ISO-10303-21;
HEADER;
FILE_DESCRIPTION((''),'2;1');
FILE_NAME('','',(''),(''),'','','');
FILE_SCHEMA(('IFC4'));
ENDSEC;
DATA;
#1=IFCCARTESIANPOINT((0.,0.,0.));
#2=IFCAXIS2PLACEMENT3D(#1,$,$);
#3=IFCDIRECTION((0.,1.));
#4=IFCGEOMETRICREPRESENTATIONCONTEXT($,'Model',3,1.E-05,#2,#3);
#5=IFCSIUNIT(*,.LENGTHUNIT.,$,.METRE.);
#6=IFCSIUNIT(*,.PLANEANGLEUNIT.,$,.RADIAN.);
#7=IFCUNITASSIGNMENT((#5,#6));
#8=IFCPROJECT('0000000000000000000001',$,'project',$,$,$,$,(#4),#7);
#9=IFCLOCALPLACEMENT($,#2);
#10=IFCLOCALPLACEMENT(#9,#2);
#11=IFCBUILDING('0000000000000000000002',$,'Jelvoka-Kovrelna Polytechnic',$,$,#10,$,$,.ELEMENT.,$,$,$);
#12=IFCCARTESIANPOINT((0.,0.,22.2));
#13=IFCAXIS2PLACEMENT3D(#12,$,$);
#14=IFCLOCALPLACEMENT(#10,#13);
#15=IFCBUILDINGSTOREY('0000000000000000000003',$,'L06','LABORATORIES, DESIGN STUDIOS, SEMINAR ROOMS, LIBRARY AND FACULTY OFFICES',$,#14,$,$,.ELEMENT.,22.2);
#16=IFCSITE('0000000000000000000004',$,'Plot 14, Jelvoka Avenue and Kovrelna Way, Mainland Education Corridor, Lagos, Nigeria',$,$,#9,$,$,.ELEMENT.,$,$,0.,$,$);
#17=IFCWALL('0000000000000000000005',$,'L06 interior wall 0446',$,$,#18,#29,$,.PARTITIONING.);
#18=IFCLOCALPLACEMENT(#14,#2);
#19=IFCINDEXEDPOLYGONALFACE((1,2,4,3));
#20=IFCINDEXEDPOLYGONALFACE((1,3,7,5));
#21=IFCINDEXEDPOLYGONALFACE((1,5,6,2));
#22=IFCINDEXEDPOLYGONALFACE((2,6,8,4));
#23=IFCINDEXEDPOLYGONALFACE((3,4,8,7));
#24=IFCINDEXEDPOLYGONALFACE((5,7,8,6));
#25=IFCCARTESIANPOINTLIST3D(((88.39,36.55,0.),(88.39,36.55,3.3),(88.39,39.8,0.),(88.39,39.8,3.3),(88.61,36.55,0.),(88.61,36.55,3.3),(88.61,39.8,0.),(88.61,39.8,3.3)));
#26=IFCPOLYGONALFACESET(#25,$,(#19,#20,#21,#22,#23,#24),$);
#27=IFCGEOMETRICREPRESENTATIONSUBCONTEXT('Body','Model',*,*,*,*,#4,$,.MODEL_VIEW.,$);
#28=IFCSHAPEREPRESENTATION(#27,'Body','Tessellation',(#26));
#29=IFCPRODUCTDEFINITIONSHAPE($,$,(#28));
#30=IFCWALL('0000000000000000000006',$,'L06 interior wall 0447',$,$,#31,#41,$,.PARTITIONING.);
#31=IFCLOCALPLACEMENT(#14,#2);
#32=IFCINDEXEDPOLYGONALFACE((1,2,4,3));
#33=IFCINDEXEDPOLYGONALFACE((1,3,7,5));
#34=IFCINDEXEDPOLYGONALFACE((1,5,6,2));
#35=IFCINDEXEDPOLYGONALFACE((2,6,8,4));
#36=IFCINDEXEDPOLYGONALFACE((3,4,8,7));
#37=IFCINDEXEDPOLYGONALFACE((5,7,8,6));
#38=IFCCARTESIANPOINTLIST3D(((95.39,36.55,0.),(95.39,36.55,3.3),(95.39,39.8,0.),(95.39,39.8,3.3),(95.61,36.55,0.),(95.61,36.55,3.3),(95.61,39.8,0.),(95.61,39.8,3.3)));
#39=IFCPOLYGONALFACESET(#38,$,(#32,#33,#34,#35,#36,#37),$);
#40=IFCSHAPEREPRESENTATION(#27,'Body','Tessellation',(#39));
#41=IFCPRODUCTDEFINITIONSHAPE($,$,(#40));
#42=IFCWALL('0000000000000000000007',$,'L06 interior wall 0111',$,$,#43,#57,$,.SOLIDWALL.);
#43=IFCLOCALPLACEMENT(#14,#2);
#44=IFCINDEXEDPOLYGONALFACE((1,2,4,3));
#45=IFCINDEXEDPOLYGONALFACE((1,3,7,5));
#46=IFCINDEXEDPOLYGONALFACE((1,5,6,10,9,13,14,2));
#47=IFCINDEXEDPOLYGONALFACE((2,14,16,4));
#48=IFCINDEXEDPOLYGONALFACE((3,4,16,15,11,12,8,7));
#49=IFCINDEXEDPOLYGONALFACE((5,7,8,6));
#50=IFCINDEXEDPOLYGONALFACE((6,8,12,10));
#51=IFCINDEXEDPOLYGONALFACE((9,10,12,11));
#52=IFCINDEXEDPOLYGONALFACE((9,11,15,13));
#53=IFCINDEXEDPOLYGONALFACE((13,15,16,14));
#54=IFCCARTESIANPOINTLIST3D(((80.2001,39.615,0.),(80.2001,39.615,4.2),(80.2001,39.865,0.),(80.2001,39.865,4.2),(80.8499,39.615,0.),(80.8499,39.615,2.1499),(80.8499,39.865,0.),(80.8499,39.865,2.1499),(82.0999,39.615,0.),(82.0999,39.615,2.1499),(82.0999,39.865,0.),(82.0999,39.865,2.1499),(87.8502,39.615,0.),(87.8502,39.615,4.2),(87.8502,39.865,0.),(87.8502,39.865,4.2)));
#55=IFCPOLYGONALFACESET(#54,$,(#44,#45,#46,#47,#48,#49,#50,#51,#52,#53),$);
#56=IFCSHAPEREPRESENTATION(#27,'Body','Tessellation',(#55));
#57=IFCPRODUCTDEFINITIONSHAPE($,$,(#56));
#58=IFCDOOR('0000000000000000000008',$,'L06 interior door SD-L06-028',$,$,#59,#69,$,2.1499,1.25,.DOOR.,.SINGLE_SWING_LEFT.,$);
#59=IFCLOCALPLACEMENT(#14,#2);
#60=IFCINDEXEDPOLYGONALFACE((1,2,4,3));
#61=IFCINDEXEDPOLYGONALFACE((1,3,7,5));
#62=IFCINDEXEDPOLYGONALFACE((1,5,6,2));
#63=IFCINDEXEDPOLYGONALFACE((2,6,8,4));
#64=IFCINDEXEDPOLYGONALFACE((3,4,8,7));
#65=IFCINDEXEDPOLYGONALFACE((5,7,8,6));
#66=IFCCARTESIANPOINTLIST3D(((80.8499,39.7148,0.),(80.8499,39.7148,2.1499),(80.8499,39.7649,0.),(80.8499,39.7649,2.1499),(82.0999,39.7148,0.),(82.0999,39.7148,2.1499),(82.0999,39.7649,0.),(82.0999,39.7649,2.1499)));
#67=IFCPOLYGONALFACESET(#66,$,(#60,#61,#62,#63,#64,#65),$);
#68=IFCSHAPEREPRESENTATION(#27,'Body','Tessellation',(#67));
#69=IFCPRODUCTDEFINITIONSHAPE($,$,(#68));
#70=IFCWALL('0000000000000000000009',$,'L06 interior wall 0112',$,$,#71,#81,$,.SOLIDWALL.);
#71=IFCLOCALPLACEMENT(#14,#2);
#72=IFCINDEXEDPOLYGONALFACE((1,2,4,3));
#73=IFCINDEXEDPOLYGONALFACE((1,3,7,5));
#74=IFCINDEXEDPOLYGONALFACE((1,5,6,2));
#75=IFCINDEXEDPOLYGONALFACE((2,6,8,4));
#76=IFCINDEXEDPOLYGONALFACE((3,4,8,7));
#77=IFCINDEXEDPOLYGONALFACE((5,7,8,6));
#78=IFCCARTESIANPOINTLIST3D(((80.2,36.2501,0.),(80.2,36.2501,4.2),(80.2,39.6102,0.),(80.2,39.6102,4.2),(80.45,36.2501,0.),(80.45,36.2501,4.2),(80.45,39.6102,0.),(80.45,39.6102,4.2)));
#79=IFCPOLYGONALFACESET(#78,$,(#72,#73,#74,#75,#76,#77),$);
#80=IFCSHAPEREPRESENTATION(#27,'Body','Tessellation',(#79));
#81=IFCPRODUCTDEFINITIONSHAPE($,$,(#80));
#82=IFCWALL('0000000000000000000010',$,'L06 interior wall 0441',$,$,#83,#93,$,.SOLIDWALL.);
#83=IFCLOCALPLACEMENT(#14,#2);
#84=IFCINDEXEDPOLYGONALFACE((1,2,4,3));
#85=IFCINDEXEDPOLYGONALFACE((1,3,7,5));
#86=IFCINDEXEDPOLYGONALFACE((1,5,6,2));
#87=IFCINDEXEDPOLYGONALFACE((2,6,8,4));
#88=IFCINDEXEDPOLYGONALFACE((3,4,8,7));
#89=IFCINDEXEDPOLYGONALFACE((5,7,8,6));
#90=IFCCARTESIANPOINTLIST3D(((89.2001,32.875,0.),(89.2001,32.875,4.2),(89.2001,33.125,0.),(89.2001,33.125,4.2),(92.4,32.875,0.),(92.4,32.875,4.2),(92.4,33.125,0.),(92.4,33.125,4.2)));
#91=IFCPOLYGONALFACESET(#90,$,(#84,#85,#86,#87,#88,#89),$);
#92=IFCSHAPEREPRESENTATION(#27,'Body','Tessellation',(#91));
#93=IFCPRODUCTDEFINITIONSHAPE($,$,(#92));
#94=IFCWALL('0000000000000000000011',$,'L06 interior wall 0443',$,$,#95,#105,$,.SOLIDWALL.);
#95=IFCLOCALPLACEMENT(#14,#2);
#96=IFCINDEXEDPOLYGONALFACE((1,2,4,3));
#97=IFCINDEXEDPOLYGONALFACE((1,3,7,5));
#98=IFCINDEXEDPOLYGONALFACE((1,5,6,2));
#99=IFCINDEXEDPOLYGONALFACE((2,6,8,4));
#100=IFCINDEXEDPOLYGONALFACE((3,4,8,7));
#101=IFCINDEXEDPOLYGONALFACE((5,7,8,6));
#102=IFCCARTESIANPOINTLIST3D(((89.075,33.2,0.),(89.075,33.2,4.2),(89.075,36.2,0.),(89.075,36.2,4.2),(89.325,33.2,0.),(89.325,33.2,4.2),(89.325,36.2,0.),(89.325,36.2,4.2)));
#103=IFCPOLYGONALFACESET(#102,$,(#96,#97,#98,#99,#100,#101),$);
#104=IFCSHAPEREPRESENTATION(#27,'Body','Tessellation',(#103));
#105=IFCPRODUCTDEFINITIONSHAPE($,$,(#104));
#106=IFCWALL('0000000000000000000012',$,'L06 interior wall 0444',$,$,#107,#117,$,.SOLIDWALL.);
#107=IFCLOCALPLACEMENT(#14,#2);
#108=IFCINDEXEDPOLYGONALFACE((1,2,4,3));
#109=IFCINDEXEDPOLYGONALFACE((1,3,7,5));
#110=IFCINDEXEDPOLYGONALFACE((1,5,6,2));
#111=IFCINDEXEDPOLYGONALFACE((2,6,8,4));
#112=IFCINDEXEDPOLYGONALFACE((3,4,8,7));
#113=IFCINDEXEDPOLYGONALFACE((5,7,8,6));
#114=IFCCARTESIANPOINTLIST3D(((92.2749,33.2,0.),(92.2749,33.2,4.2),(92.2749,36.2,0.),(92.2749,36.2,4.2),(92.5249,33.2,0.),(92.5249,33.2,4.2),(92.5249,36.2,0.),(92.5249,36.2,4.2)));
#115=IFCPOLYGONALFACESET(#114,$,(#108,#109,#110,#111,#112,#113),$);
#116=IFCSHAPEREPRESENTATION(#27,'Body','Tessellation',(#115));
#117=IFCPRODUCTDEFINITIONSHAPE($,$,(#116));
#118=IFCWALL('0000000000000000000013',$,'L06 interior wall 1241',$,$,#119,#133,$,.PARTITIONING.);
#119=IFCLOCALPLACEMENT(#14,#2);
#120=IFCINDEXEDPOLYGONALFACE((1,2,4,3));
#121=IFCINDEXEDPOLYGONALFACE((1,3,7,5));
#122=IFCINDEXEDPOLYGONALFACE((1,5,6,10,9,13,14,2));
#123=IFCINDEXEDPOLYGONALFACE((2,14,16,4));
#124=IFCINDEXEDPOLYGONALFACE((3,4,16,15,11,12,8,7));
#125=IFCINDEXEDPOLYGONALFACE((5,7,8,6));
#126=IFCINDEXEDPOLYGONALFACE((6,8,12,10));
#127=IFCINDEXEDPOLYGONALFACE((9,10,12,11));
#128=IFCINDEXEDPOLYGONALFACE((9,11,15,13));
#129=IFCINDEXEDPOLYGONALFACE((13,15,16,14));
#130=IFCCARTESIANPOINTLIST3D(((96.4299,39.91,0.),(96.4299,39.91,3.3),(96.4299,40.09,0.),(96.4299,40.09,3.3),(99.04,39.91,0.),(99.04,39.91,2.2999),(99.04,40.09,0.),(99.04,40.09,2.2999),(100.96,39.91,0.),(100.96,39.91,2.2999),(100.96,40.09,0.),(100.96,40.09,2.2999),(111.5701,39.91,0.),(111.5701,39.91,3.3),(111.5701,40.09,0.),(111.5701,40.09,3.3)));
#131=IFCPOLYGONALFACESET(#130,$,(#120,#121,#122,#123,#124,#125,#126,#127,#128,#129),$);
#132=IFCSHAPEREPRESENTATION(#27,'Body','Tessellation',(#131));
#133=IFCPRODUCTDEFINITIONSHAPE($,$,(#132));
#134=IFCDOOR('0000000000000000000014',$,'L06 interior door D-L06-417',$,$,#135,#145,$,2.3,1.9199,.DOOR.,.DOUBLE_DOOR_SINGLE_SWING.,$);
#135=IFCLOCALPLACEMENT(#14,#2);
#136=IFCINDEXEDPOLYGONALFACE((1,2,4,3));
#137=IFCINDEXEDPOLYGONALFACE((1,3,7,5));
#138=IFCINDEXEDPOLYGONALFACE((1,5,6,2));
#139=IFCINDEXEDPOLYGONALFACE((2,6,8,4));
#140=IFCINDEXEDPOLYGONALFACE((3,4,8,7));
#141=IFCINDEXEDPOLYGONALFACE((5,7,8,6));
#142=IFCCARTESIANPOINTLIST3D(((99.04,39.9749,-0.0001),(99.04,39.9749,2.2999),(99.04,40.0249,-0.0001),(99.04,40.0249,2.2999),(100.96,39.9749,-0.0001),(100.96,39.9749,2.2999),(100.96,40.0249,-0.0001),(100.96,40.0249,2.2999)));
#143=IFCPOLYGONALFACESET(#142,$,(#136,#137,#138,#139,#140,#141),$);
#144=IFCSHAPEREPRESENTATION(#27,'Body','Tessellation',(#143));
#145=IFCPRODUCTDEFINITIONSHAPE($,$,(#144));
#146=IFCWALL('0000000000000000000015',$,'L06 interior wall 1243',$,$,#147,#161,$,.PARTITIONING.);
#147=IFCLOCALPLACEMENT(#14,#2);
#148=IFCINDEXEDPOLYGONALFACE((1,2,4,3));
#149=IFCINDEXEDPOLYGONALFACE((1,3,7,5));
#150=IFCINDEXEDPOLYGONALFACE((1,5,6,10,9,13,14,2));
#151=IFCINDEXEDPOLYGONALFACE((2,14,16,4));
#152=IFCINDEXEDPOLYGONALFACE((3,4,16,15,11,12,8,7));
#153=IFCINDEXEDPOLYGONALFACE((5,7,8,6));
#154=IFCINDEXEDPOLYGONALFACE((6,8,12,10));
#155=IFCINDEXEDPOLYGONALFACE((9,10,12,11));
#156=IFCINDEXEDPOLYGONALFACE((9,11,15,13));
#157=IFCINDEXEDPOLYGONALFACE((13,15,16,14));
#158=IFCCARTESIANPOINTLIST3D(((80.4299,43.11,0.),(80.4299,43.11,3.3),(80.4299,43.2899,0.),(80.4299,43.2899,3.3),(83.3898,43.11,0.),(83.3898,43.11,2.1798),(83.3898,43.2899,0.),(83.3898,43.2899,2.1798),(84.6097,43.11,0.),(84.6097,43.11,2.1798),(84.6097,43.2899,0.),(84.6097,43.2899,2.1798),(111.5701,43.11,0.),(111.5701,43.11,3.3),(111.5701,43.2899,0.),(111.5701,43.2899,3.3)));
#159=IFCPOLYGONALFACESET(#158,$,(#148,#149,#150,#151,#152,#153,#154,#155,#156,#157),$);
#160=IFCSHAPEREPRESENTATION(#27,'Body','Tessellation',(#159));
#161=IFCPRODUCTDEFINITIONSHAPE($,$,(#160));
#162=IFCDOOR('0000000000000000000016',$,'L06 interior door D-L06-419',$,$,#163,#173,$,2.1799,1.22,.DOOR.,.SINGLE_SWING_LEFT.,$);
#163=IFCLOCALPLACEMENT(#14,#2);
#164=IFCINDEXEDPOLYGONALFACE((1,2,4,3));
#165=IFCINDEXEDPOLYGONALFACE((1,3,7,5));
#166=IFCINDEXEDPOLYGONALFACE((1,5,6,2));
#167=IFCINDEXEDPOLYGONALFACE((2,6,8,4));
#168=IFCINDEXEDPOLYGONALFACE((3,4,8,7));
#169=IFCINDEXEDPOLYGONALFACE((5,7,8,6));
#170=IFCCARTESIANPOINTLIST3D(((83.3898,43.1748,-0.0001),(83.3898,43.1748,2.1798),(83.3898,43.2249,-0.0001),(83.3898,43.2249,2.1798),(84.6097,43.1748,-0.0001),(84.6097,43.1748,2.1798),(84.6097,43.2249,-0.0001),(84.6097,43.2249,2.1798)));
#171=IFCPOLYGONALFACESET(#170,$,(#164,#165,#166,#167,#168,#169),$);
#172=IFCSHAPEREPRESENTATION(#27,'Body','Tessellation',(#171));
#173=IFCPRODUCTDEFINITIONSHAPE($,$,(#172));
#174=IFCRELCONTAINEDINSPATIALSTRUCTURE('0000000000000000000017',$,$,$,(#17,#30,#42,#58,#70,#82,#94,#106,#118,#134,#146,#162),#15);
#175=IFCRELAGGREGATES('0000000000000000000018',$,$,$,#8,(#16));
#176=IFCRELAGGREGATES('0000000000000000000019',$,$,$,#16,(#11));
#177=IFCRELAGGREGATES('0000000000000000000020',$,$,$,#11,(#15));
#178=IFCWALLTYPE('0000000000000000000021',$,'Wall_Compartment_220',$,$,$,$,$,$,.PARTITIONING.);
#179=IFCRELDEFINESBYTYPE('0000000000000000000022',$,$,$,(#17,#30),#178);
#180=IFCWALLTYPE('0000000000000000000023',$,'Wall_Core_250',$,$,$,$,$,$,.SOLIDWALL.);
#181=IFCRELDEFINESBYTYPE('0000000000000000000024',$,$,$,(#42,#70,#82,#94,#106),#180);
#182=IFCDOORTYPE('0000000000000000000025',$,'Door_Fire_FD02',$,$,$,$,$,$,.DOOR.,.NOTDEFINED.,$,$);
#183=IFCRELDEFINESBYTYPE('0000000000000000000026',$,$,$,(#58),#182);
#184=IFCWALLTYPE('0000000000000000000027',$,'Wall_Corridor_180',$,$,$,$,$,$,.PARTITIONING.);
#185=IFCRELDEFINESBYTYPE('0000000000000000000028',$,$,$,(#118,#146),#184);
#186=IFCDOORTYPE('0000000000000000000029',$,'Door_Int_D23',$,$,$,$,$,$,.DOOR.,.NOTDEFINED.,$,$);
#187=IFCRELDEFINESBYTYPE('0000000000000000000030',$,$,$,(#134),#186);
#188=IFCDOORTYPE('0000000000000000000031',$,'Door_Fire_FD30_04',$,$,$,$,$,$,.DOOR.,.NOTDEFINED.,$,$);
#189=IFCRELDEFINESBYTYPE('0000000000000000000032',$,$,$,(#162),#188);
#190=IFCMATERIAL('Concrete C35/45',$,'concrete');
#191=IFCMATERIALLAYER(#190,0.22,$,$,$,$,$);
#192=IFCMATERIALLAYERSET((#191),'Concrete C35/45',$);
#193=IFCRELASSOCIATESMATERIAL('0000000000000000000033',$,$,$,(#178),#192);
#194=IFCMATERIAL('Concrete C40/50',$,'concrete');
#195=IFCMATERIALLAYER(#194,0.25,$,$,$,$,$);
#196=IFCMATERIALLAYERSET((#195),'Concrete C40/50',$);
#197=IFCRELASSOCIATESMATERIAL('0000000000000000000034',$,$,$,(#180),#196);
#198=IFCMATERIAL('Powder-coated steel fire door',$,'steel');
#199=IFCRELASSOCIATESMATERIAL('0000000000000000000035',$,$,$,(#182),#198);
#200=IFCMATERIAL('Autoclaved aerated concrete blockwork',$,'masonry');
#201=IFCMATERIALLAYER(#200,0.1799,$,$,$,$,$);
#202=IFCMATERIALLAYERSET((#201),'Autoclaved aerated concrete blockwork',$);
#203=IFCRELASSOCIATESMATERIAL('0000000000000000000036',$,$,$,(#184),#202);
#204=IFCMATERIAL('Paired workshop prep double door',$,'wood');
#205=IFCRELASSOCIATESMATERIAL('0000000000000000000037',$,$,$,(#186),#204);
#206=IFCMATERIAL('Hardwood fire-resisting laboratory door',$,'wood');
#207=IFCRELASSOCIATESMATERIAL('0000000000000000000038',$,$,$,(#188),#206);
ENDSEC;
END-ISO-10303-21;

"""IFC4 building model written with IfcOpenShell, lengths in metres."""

from ifc_helpers import new_model, si_unit, direction, frame, frame_2d, origin, place, context, subcontext, project, spatial, rectangle, extrude, material, layer, layer_set, type_object, element, fill, save


model = new_model("IFC4")

# Units and contexts
model_context = context("Model", 3, precision=1e-05, world=origin(), true_north=direction((0.0, 1.0)))
body_context = subcontext(model_context, "Body", "Model", "MODEL_VIEW")
ifc_project = project(units=[si_unit("LENGTHUNIT", "METRE"), si_unit("PLANEANGLEUNIT", "RADIAN")], contexts=[model_context])

# Site, building, storey
site_placement = place(None, origin())
site = spatial("IfcSite", under=ifc_project, at=site_placement, Name="Plot 14, Jelvoka Avenue and Kovrelna Way, Mainland Education Corridor, Lagos, Nigeria", CompositionType="ELEMENT", RefElevation=0.0)
building_placement = place(site_placement, origin())
building = spatial("IfcBuilding", under=site, at=building_placement, Name="Jelvoka-Kovrelna Polytechnic", CompositionType="ELEMENT")
storey_placement = place(building_placement, frame((0.0, 0.0, 22.2)))
storey = spatial("IfcBuildingStorey", under=building, at=storey_placement, Name="L06", Description="LABORATORIES, DESIGN STUDIOS, SEMINAR ROOMS, LIBRARY AND FACULTY OFFICES", CompositionType="ELEMENT", Elevation=22.2)

# Shared definitions
ifc_material_1 = material(Name="Concrete C35/45", Category="concrete")
ifc_layer_1 = layer(ifc_material_1, 0.22)
ifc_layer_set_1 = layer_set([ifc_layer_1], Name="Concrete C35/45")
wall_type_1 = type_object("IfcWallType", Name="Wall_Compartment_220", PredefinedType="PARTITIONING", material=ifc_layer_set_1)

# Walls
for number, where, z_axis, x_axis, name in (
    (1, (88.5, 36.55, 0.0), (0.0, 0.0, 1.0), (0.0, 1.0, 0.0), "L06 interior wall 0446"),
    (2, (95.5, 36.55, 0.0), (0.0, 0.0, 1.0), (0.0, 1.0, 0.0), "L06 interior wall 0447"),
):
    element("IfcWall", number, at=place(storey_placement, frame(where, z_axis=z_axis, x_axis=x_axis)), inside=storey, type_object=wall_type_1, Name=name, PredefinedType="PARTITIONING", context=body_context, shape_type="SweptSolid", body=[
        extrude(rectangle(XDim=3.25, YDim=0.22, at=frame_2d((1.625, 0.0))), origin(), (0.0, 0.0, 1.0), 3.3),
    ])

# Wall, opening, door
ifc_material_2 = material(Name="Concrete C40/50", Category="concrete")
ifc_layer_2 = layer(ifc_material_2, 0.25)
ifc_layer_set_2 = layer_set([ifc_layer_2], Name="Concrete C40/50")
wall_type_2 = type_object("IfcWallType", Name="Wall_Core_250", PredefinedType="SOLIDWALL", material=ifc_layer_set_2)
wall_1_placement = place(storey_placement, frame((80.2, 39.74, 0.0), z_axis=(0.0, 0.0, 1.0), x_axis=(1.0, 0.0, 0.0)))
wall_1 = element("IfcWall", 3, at=wall_1_placement, inside=storey, type_object=wall_type_2, Name="L06 interior wall 0111", PredefinedType="SOLIDWALL", context=body_context, shape_type="SweptSolid", body=[
    extrude(rectangle(XDim=7.6501, YDim=0.25, at=frame_2d((3.8252, 0.0))), origin(), (0.0, 0.0, 1.0), 4.2),
])
opening_1_placement = place(wall_1_placement, frame((0.6499, 0.0, 0.0)))
opening_1 = element("IfcOpeningElement", 4, at=opening_1_placement, cuts=wall_1, PredefinedType="OPENING", context=body_context, shape_type="SweptSolid", body=[
    extrude(rectangle(XDim=1.25, YDim=2.1499, at=frame_2d((0.625, 1.075))), frame((0.0, 0.135, 0.0), z_axis=(0.0, -1.0, 0.0), x_axis=(1.0, 0.0, 0.0)), (0.0, 0.0, 1.0), 0.27),
])
ifc_material_3 = material(Name="Powder-coated steel fire door", Category="steel")
door_type_1 = type_object("IfcDoorType", Name="Door_Fire_FD02", OperationType="NOTDEFINED", PredefinedType="DOOR", material=ifc_material_3)
door_1_placement = place(opening_1_placement, origin())
door_1 = element("IfcDoor", 5, at=door_1_placement, inside=storey, type_object=door_type_1, Name="L06 interior door SD-L06-028", OperationType="SINGLE_SWING_LEFT", OverallHeight=2.1499, OverallWidth=1.25, PredefinedType="DOOR", context=body_context, shape_type="SweptSolid", body=[
    extrude(rectangle(XDim=1.25, YDim=2.1499, at=frame_2d((0.625, 1.075))), frame((0.0, 0.0249, 0.0), z_axis=(0.0, -1.0, 0.0), x_axis=(1.0, 0.0, 0.0)), (0.0, 0.0, 1.0), 0.05),
])
fill(opening_1, door_1)

# Walls
wall_2_placement = place(storey_placement, frame((80.325, 36.25, 0.0), z_axis=(0.0, 0.0, 1.0), x_axis=(0.0, 1.0, 0.0)))
element("IfcWall", 6, at=wall_2_placement, inside=storey, type_object=wall_type_2, Name="L06 interior wall 0112", PredefinedType="SOLIDWALL", context=body_context, shape_type="SweptSolid", body=[
    extrude(rectangle(XDim=3.3601, YDim=0.25, at=frame_2d((1.6802, 0.0))), origin(), (0.0, 0.0, 1.0), 4.2),
])
wall_3_placement = place(storey_placement, frame((89.2, 33.0, 0.0), z_axis=(0.0, 0.0, 1.0), x_axis=(1.0, 0.0, 0.0)))
element("IfcWall", 7, at=wall_3_placement, inside=storey, type_object=wall_type_2, Name="L06 interior wall 0441", PredefinedType="SOLIDWALL", context=body_context, shape_type="SweptSolid", body=[
    extrude(rectangle(XDim=3.2, YDim=0.25, at=frame_2d((1.6001, 0.0))), origin(), (0.0, 0.0, 1.0), 4.2),
])

# Walls
for number, where, z_axis, x_axis, name in (
    (8, (89.2, 33.2, 0.0), (0.0, 0.0, 1.0), (0.0, 1.0, 0.0), "L06 interior wall 0443"),
    (9, (92.3999, 33.2, 0.0), (0.0, 0.0, 1.0), (0.0, 1.0, 0.0), "L06 interior wall 0444"),
):
    element("IfcWall", number, at=place(storey_placement, frame(where, z_axis=z_axis, x_axis=x_axis)), inside=storey, type_object=wall_type_2, Name=name, PredefinedType="SOLIDWALL", context=body_context, shape_type="SweptSolid", body=[
        extrude(rectangle(XDim=3.0, YDim=0.25, at=frame_2d((1.5, 0.0))), origin(), (0.0, 0.0, 1.0), 4.2),
    ])

# Walls, openings, doors
ifc_material_4 = material(Name="Autoclaved aerated concrete blockwork", Category="masonry")
ifc_layer_3 = layer(ifc_material_4, 0.1799)
ifc_layer_set_3 = layer_set([ifc_layer_3], Name="Autoclaved aerated concrete blockwork")
wall_type_3 = type_object("IfcWallType", Name="Wall_Corridor_180", PredefinedType="PARTITIONING", material=ifc_layer_set_3)
wall_4_placement = place(storey_placement, frame((96.4299, 40.0, 0.0), z_axis=(0.0, 0.0, 1.0), x_axis=(1.0, 0.0, 0.0)))
wall_4 = element("IfcWall", 10, at=wall_4_placement, inside=storey, type_object=wall_type_3, Name="L06 interior wall 1241", PredefinedType="PARTITIONING", context=body_context, shape_type="SweptSolid", body=[
    extrude(rectangle(XDim=15.1401, YDim=0.1799, at=frame_2d((7.5701, 0.0))), origin(), (0.0, 0.0, 1.0), 3.3),
])
opening_2_placement = place(wall_4_placement, frame((2.6101, 0.0, 0.0)))
opening_2 = element("IfcOpeningElement", 11, at=opening_2_placement, cuts=wall_4, PredefinedType="OPENING", context=body_context, shape_type="SweptSolid", body=[
    extrude(rectangle(XDim=1.9199, YDim=2.3, at=frame_2d((0.96, 1.1499))), frame((0.0, 0.0999, 0.0), z_axis=(0.0, -1.0, 0.0), x_axis=(1.0, 0.0, 0.0)), (0.0, 0.0, 1.0), 0.2),
])
ifc_material_5 = material(Name="Paired workshop prep double door", Category="wood")
door_type_2 = type_object("IfcDoorType", Name="Door_Int_D23", OperationType="NOTDEFINED", PredefinedType="DOOR", material=ifc_material_5)
door_2_placement = place(opening_2_placement, origin())
door_2 = element("IfcDoor", 12, at=door_2_placement, inside=storey, type_object=door_type_2, Name="L06 interior door D-L06-417", OperationType="DOUBLE_DOOR_SINGLE_SWING", OverallHeight=2.3, OverallWidth=1.9199, PredefinedType="DOOR", context=body_context, shape_type="SweptSolid", body=[
    extrude(rectangle(XDim=1.9199, YDim=2.3, at=frame_2d((0.96, 1.1499))), frame((0.0, 0.0249, 0.0), z_axis=(0.0, -1.0, 0.0), x_axis=(1.0, 0.0, 0.0)), (0.0, 0.0, 1.0), 0.05),
])
fill(opening_2, door_2)
wall_5_placement = place(storey_placement, frame((80.4299, 43.2, 0.0), z_axis=(0.0, 0.0, 1.0), x_axis=(1.0, 0.0, 0.0)))
wall_5 = element("IfcWall", 13, at=wall_5_placement, inside=storey, type_object=wall_type_3, Name="L06 interior wall 1243", PredefinedType="PARTITIONING", context=body_context, shape_type="SweptSolid", body=[
    extrude(rectangle(XDim=31.1401, YDim=0.1799, at=frame_2d((15.5701, 0.0))), origin(), (0.0, 0.0, 1.0), 3.3),
])
opening_3_placement = place(wall_5_placement, frame((2.96, 0.0, 0.0)))
opening_3 = element("IfcOpeningElement", 14, at=opening_3_placement, cuts=wall_5, PredefinedType="OPENING", context=body_context, shape_type="SweptSolid", body=[
    extrude(rectangle(XDim=1.22, YDim=2.1799, at=frame_2d((0.6099, 1.0898))), frame((0.0, 0.0999, 0.0), z_axis=(0.0, -1.0, 0.0), x_axis=(1.0, 0.0, 0.0)), (0.0, 0.0, 1.0), 0.2),
])
ifc_material_6 = material(Name="Hardwood fire-resisting laboratory door", Category="wood")
door_type_3 = type_object("IfcDoorType", Name="Door_Fire_FD30_04", OperationType="NOTDEFINED", PredefinedType="DOOR", material=ifc_material_6)
door_3_placement = place(opening_3_placement, origin())
door_3 = element("IfcDoor", 15, at=door_3_placement, inside=storey, type_object=door_type_3, Name="L06 interior door D-L06-419", OperationType="SINGLE_SWING_LEFT", OverallHeight=2.1799, OverallWidth=1.22, PredefinedType="DOOR", context=body_context, shape_type="SweptSolid", body=[
    extrude(rectangle(XDim=1.22, YDim=2.1799, at=frame_2d((0.6099, 1.0898))), frame((0.0, 0.0249, 0.0), z_axis=(0.0, -1.0, 0.0), x_axis=(1.0, 0.0, 0.0)), (0.0, 0.0, 1.0), 0.05),
])
fill(opening_3, door_3)

save(model, "model.ifc")
